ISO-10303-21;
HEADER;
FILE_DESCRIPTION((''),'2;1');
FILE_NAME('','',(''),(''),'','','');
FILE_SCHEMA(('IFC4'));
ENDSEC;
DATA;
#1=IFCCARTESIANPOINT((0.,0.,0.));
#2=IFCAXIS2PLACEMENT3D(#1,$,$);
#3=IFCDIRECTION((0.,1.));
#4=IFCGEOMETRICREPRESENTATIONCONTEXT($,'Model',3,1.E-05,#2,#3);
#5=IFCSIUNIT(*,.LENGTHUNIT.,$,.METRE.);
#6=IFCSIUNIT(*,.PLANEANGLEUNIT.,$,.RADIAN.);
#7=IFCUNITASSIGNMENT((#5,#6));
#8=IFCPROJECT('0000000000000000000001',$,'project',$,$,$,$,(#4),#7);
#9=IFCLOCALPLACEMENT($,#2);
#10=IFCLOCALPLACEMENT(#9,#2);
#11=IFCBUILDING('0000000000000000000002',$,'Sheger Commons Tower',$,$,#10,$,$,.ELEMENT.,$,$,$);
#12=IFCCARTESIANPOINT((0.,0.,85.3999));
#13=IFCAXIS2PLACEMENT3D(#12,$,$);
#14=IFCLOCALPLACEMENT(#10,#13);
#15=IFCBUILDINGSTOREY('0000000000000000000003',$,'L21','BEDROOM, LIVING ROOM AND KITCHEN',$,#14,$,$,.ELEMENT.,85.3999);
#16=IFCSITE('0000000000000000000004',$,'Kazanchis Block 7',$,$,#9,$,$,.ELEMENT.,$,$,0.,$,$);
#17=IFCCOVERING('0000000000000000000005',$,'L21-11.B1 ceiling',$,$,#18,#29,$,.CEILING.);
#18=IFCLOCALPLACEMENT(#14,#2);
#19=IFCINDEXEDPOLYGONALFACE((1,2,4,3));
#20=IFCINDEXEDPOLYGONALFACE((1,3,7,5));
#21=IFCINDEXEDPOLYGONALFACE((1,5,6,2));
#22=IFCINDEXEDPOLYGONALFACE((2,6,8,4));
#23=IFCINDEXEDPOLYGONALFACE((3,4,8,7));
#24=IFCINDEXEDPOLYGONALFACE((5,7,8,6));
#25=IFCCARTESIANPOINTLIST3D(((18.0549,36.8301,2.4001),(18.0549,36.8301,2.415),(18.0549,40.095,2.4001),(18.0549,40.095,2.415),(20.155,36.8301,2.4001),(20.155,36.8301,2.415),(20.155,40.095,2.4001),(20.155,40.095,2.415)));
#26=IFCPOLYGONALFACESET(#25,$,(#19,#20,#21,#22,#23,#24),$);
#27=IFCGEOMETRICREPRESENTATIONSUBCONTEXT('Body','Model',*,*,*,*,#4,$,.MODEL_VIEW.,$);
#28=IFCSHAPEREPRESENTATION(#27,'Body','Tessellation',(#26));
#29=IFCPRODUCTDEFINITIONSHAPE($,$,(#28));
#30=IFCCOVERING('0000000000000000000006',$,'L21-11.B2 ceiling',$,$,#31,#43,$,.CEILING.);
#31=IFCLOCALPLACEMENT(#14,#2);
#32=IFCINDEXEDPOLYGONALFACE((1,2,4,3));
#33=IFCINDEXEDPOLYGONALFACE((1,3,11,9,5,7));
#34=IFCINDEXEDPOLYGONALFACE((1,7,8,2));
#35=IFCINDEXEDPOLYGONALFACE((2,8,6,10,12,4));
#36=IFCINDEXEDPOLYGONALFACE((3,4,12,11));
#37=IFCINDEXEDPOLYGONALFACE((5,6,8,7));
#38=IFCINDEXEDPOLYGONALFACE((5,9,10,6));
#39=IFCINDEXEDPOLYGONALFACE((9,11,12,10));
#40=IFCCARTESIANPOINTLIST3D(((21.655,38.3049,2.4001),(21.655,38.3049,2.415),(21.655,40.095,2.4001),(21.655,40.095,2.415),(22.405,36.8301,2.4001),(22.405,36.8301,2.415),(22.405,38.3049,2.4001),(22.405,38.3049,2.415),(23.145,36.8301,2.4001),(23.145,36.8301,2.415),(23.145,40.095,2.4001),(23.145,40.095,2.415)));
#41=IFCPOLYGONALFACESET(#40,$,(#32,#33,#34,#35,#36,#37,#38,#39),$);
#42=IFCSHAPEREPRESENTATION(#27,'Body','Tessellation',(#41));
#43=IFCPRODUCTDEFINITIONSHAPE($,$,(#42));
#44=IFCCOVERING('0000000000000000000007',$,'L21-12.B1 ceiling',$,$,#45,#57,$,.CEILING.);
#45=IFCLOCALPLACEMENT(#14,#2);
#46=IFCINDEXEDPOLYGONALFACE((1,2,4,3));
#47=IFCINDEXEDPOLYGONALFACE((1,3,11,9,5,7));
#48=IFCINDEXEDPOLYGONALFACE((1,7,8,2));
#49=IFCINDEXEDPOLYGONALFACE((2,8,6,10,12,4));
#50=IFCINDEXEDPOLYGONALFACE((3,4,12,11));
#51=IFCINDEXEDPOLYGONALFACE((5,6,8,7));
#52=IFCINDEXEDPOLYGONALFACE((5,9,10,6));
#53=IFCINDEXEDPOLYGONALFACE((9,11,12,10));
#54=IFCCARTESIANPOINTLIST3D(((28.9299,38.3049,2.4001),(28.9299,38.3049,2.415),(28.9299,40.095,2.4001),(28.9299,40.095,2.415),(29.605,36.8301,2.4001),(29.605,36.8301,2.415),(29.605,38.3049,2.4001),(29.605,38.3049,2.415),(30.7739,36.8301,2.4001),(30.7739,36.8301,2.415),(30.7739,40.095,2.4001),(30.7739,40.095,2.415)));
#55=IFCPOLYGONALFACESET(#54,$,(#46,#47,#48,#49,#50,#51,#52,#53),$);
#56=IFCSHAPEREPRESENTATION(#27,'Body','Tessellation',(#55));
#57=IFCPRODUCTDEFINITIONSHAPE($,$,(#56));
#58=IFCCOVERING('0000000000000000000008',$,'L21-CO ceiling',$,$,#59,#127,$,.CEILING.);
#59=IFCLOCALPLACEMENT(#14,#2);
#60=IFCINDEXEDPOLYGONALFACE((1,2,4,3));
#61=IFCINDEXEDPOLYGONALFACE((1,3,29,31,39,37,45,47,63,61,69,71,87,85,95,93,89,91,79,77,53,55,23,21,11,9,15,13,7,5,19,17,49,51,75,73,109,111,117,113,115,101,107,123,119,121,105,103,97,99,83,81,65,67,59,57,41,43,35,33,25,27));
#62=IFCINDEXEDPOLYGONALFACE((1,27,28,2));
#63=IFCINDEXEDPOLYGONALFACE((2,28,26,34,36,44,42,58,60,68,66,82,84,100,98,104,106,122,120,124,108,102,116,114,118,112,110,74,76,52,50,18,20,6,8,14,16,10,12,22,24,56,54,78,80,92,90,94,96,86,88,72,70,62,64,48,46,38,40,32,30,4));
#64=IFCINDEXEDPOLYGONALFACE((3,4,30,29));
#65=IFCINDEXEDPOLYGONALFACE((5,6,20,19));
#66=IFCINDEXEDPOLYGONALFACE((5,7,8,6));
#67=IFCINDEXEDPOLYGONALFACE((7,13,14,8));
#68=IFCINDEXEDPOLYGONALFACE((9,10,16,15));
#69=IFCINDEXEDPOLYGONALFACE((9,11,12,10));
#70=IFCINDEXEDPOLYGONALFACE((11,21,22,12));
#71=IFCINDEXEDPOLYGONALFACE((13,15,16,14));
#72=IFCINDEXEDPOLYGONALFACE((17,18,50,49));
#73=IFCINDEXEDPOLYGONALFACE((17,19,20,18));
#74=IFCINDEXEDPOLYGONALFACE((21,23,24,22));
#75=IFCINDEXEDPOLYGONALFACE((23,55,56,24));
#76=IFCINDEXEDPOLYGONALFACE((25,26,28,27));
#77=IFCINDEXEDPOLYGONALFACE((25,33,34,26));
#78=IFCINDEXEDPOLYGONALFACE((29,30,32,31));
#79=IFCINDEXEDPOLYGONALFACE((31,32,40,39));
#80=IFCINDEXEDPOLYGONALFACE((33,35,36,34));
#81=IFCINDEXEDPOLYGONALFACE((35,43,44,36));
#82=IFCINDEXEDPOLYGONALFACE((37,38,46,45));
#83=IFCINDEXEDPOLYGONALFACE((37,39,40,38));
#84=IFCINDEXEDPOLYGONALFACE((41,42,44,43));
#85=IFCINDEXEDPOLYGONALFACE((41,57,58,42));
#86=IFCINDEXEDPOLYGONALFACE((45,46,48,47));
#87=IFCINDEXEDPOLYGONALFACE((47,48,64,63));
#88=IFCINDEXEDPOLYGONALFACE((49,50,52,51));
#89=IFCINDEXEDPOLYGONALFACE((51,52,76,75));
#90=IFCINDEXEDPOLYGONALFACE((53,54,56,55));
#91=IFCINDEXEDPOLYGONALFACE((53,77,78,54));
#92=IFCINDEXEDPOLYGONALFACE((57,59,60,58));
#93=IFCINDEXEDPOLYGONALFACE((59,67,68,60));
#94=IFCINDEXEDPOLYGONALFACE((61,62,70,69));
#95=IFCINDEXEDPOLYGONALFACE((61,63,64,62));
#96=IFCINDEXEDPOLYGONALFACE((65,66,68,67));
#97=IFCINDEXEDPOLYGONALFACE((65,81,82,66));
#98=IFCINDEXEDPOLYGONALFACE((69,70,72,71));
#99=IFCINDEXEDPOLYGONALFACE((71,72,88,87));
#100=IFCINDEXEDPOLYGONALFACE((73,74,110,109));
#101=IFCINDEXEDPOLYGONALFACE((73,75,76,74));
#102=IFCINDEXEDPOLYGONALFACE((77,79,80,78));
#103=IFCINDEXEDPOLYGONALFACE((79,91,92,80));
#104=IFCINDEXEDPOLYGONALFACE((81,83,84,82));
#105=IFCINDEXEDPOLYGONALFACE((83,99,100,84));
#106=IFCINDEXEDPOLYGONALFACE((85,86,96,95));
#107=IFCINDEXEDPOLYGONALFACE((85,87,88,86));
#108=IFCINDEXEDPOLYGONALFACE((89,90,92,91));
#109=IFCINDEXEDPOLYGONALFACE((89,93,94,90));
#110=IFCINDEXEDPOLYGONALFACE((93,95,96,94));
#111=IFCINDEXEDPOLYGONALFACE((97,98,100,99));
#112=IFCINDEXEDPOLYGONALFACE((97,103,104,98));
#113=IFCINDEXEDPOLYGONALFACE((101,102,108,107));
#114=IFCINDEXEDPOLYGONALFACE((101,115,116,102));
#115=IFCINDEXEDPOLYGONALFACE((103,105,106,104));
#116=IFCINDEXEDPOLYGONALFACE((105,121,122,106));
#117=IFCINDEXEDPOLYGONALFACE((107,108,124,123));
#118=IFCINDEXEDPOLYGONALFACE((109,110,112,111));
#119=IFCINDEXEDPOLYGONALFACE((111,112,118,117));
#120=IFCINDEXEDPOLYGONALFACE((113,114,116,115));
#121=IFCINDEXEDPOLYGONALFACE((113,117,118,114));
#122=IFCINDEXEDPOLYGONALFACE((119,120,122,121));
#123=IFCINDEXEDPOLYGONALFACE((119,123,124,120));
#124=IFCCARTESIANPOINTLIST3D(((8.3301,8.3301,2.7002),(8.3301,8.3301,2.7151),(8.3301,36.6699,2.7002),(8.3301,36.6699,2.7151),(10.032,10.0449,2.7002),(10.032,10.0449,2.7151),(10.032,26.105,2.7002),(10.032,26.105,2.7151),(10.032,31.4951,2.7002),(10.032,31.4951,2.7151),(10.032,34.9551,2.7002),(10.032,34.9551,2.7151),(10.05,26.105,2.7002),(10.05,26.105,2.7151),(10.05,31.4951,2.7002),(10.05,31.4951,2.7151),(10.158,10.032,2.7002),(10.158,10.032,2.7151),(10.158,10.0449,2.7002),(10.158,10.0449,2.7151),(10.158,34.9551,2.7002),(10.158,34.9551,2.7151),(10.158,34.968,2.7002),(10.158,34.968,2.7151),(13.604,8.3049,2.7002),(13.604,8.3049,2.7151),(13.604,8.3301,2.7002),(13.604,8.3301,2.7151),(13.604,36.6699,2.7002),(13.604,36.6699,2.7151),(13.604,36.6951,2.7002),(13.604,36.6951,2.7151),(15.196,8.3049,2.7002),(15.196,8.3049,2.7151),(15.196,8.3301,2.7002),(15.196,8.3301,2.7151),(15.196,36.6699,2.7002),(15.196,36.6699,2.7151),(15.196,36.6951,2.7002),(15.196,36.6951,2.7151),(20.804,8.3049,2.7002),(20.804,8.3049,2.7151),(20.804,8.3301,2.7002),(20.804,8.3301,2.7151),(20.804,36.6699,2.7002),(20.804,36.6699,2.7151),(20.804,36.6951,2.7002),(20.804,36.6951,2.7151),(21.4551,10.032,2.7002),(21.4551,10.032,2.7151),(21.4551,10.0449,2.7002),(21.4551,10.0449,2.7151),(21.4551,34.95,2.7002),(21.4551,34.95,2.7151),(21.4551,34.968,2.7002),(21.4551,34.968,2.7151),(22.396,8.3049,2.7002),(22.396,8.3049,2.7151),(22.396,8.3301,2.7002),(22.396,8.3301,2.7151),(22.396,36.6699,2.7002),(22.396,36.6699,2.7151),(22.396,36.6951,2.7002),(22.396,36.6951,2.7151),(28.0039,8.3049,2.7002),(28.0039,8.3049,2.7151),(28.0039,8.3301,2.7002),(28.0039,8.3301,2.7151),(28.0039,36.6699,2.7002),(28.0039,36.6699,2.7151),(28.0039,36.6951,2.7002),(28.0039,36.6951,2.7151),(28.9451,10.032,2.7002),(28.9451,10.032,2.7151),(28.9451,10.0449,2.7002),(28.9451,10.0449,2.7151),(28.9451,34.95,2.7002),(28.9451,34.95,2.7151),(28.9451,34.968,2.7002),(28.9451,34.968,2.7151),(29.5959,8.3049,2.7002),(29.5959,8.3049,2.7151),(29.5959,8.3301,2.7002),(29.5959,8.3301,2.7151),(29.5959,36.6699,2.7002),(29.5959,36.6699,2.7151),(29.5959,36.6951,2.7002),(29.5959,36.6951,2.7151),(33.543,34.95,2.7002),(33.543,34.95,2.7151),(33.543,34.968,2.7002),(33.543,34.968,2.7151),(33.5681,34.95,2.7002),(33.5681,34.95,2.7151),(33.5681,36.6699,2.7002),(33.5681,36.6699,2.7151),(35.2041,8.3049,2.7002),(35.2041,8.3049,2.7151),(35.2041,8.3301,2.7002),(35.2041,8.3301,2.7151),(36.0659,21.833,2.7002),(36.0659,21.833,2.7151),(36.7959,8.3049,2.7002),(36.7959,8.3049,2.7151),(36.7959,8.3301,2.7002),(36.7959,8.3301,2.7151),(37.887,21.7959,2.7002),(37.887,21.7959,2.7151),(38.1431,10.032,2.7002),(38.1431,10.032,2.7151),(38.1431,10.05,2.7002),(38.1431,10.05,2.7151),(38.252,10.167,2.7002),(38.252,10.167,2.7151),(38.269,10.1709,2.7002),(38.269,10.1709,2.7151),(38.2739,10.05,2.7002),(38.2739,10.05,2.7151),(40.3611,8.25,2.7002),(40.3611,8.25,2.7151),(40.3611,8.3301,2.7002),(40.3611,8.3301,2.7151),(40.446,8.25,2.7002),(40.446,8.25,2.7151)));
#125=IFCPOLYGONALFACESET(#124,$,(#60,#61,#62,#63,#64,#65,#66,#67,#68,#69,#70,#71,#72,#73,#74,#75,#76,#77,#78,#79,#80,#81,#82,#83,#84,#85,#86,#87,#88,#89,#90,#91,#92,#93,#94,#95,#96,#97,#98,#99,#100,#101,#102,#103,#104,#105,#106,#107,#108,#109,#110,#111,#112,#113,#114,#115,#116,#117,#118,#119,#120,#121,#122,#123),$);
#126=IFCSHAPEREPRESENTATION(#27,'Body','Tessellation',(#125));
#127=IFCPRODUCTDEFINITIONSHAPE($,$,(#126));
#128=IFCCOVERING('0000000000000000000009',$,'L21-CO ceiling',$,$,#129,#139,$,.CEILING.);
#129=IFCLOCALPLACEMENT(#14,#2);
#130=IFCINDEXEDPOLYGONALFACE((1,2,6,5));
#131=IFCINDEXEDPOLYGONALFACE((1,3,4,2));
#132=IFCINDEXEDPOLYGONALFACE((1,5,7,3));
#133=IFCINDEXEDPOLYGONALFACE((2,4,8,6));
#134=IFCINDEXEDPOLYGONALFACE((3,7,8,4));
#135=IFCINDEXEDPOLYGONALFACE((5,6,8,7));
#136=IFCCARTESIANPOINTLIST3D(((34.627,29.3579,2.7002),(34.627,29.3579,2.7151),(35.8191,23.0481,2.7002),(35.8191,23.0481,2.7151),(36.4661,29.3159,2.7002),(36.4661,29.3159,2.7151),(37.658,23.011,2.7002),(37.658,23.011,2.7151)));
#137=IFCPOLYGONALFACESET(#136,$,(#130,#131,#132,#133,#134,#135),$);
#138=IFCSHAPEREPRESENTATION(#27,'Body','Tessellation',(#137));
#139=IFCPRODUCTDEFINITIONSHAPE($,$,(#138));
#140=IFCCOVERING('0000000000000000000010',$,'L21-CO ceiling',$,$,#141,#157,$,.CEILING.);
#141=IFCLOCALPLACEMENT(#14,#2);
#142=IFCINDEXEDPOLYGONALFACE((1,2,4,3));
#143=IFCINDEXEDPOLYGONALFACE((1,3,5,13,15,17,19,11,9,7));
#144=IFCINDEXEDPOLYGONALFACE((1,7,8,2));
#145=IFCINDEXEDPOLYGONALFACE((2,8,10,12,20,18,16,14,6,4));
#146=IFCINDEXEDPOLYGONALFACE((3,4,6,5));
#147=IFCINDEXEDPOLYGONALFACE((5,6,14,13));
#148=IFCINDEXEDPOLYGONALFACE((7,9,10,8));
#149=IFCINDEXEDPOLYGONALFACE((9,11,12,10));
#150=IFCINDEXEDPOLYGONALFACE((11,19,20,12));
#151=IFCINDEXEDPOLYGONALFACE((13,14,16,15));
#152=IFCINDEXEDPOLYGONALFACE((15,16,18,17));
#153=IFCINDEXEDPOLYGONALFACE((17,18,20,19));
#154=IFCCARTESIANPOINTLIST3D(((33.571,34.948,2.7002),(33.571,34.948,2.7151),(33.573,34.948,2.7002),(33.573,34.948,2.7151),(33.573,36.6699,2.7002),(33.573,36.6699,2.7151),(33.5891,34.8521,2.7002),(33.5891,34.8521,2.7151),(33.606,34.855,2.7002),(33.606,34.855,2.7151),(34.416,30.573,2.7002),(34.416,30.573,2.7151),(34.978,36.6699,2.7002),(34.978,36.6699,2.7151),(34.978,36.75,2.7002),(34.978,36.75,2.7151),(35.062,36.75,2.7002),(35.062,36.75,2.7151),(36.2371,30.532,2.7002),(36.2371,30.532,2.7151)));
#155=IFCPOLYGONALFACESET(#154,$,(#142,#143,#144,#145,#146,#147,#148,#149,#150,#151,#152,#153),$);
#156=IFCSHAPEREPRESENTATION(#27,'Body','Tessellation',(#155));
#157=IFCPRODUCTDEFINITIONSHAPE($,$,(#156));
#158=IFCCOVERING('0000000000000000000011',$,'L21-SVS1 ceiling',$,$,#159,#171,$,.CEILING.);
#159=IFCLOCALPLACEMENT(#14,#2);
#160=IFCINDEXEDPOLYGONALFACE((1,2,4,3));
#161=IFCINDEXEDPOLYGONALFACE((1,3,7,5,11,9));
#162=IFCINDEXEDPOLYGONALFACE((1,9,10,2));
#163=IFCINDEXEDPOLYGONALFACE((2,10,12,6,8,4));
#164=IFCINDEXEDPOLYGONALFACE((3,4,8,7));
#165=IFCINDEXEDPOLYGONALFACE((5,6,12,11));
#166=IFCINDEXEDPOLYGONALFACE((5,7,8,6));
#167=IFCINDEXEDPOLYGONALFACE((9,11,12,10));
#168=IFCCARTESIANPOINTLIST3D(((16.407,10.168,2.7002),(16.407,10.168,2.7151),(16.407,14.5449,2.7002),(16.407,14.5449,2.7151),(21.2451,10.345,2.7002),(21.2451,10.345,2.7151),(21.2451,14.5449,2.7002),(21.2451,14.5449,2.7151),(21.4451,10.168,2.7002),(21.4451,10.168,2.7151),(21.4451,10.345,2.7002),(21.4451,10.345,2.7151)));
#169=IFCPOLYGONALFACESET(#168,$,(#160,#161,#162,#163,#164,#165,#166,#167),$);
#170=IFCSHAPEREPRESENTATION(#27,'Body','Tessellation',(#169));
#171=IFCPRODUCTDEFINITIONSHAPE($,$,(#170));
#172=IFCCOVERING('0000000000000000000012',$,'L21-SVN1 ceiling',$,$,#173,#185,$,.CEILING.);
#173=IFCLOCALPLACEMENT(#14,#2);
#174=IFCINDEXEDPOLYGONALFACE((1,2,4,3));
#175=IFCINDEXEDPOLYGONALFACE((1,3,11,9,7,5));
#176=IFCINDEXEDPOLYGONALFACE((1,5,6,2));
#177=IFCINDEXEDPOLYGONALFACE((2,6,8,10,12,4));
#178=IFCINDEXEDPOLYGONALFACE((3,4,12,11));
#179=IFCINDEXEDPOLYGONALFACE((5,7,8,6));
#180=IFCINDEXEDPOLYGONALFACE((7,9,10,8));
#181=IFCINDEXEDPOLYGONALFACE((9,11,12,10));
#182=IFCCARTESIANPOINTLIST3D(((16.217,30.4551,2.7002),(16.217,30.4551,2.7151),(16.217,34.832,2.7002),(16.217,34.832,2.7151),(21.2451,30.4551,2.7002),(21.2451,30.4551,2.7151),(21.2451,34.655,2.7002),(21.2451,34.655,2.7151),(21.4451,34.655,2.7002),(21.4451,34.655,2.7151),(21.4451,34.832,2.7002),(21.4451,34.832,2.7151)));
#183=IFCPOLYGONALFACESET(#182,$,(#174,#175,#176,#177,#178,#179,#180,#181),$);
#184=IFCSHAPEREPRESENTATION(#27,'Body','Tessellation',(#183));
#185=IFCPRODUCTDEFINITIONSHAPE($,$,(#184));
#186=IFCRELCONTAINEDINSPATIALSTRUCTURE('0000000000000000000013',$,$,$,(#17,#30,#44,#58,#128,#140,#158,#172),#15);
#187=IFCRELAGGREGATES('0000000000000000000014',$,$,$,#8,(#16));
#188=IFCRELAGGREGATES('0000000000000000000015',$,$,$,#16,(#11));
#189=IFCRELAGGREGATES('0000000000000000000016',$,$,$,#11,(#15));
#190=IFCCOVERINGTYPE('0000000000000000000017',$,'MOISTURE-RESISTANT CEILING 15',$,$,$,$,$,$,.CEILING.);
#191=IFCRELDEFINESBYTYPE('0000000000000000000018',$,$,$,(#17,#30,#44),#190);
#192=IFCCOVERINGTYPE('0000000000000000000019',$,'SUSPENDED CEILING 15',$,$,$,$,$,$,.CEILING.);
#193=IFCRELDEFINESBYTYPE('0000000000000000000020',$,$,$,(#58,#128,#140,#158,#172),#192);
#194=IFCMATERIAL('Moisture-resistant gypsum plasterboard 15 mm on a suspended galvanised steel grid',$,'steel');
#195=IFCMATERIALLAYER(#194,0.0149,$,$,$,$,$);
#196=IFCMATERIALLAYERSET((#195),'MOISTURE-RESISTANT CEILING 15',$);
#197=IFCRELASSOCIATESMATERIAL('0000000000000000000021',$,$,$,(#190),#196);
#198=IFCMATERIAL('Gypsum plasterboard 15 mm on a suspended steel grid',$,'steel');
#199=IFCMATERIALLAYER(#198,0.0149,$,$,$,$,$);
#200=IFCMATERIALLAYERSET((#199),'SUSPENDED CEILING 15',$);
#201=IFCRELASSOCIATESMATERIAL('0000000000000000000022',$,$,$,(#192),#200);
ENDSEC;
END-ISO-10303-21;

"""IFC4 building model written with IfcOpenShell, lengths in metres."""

from ifc_helpers import new_model, si_unit, direction, frame, origin, place, context, subcontext, project, spatial, polyline, outline, extrude, material, layer, layer_set, type_object, element, save


model = new_model("IFC4")

# Units and contexts
model_context = context("Model", 3, precision=1e-05, world=origin(), true_north=direction((0.0, 1.0)))
body_context = subcontext(model_context, "Body", "Model", "MODEL_VIEW")
ifc_project = project(units=[si_unit("LENGTHUNIT", "METRE"), si_unit("PLANEANGLEUNIT", "RADIAN")], contexts=[model_context])

# Site, building, storey
site_placement = place(None, origin())
site = spatial("IfcSite", under=ifc_project, at=site_placement, Name="Kazanchis Block 7", CompositionType="ELEMENT", RefElevation=0.0)
building_placement = place(site_placement, origin())
building = spatial("IfcBuilding", under=site, at=building_placement, Name="Sheger Commons Tower", CompositionType="ELEMENT")
storey_placement = place(building_placement, frame((0.0, 0.0, 85.3999)))
storey = spatial("IfcBuildingStorey", under=building, at=storey_placement, Name="L21", Description="BEDROOM, LIVING ROOM AND KITCHEN", CompositionType="ELEMENT", Elevation=85.3999)

# Coverings
ifc_material_1 = material(Name="Moisture-resistant gypsum plasterboard 15 mm on a suspended galvanised steel grid", Category="steel")
ifc_layer_1 = layer(ifc_material_1, 0.0149)
ifc_layer_set_1 = layer_set([ifc_layer_1], Name="MOISTURE-RESISTANT CEILING 15")
covering_type_1 = type_object("IfcCoveringType", Name="MOISTURE-RESISTANT CEILING 15", PredefinedType="CEILING", material=ifc_layer_set_1)
covering_1_placement = place(storey_placement, frame((0.0, 0.0, 2.4001)))
element("IfcCovering", 1, at=covering_1_placement, inside=storey, type_object=covering_type_1, Name="L21-11.B1 ceiling", PredefinedType="CEILING", context=body_context, shape_type="SweptSolid", body=[
    extrude(outline(polyline([(18.0549, 36.8301), (20.155, 36.8301), (20.155, 40.095), (18.0549, 40.095), (18.0549, 36.8301)])), origin(), (0.0, 0.0, 1.0), 0.0149),
])
covering_2_placement = place(storey_placement, frame((0.0, 0.0, 2.4001)))
element("IfcCovering", 2, at=covering_2_placement, inside=storey, type_object=covering_type_1, Name="L21-11.B2 ceiling", PredefinedType="CEILING", context=body_context, shape_type="SweptSolid", body=[
    extrude(outline(polyline([(22.405, 36.8301), (23.145, 36.8301), (23.145, 40.095), (21.655, 40.095), (21.655, 38.3049), (22.405, 38.3049), (22.405, 36.8301)])), origin(), (0.0, 0.0, 1.0), 0.0149),
])
covering_3_placement = place(storey_placement, frame((0.0, 0.0, 2.4001)))
element("IfcCovering", 3, at=covering_3_placement, inside=storey, type_object=covering_type_1, Name="L21-12.B1 ceiling", PredefinedType="CEILING", context=body_context, shape_type="SweptSolid", body=[
    extrude(outline(polyline([(29.605, 36.8301), (30.7739, 36.8301), (30.7739, 40.095), (28.9299, 40.095), (28.9299, 38.3049), (29.605, 38.3049), (29.605, 36.8301)])), origin(), (0.0, 0.0, 1.0), 0.0149),
])
ifc_material_2 = material(Name="Gypsum plasterboard 15 mm on a suspended steel grid", Category="steel")
ifc_layer_2 = layer(ifc_material_2, 0.0149)
ifc_layer_set_2 = layer_set([ifc_layer_2], Name="SUSPENDED CEILING 15")
covering_type_2 = type_object("IfcCoveringType", Name="SUSPENDED CEILING 15", PredefinedType="CEILING", material=ifc_layer_set_2)
covering_4_placement = place(storey_placement, frame((0.0, 0.0, 2.7002)))
element("IfcCovering", 4, at=covering_4_placement, inside=storey, type_object=covering_type_2, Name="L21-CO ceiling", PredefinedType="CEILING", context=body_context, shape_type="SweptSolid", body=[
    extrude(outline(polyline([(40.3611, 8.25), (40.446, 8.25), (37.887, 21.7959), (36.0659, 21.833), (38.269, 10.1709), (38.252, 10.167), (38.2739, 10.05), (38.1431, 10.05), (38.1431, 10.032), (28.9451, 10.032), (28.9451, 10.0449), (21.4551, 10.0449), (21.4551, 10.032), (10.158, 10.032), (10.158, 10.0449), (10.032, 10.0449), (10.032, 26.105), (10.05, 26.105), (10.05, 31.4951), (10.032, 31.4951), (10.032, 34.9551), (10.158, 34.9551), (10.158, 34.968), (21.4551, 34.968), (21.4551, 34.95), (28.9451, 34.95), (28.9451, 34.968), (33.543, 34.968), (33.543, 34.95), (33.5681, 34.95), (33.5681, 36.6699), (29.5959, 36.6699), (29.5959, 36.6951), (28.0039, 36.6951), (28.0039, 36.6699), (22.396, 36.6699), (22.396, 36.6951), (20.804, 36.6951), (20.804, 36.6699), (15.196, 36.6699), (15.196, 36.6951), (13.604, 36.6951), (13.604, 36.6699), (8.3301, 36.6699), (8.3301, 8.3301), (13.604, 8.3301), (13.604, 8.3049), (15.196, 8.3049), (15.196, 8.3301), (20.804, 8.3301), (20.804, 8.3049), (22.396, 8.3049), (22.396, 8.3301), (28.0039, 8.3301), (28.0039, 8.3049), (29.5959, 8.3049), (29.5959, 8.3301), (35.2041, 8.3301), (35.2041, 8.3049), (36.7959, 8.3049), (36.7959, 8.3301), (40.3611, 8.3301), (40.3611, 8.25)])), origin(), (0.0, 0.0, 1.0), 0.0149),
])
covering_5_placement = place(storey_placement, frame((0.0, 0.0, 2.7002)))
element("IfcCovering", 5, at=covering_5_placement, inside=storey, type_object=covering_type_2, Name="L21-CO ceiling", PredefinedType="CEILING", context=body_context, shape_type="SweptSolid", body=[
    extrude(outline(polyline([(37.658, 23.011), (36.4661, 29.3159), (34.627, 29.3579), (35.8191, 23.0481), (37.658, 23.011)])), origin(), (0.0, 0.0, 1.0), 0.0149),
])
covering_6_placement = place(storey_placement, frame((0.0, 0.0, 2.7002)))
element("IfcCovering", 6, at=covering_6_placement, inside=storey, type_object=covering_type_2, Name="L21-CO ceiling", PredefinedType="CEILING", context=body_context, shape_type="SweptSolid", body=[
    extrude(outline(polyline([(36.2371, 30.532), (35.062, 36.75), (34.978, 36.75), (34.978, 36.6699), (33.573, 36.6699), (33.573, 34.948), (33.571, 34.948), (33.5891, 34.8521), (33.606, 34.855), (34.416, 30.573), (36.2371, 30.532)])), origin(), (0.0, 0.0, 1.0), 0.0149),
])
covering_7_placement = place(storey_placement, frame((0.0, 0.0, 2.7002)))
element("IfcCovering", 7, at=covering_7_placement, inside=storey, type_object=covering_type_2, Name="L21-SVS1 ceiling", PredefinedType="CEILING", context=body_context, shape_type="SweptSolid", body=[
    extrude(outline(polyline([(16.407, 10.168), (21.4451, 10.168), (21.4451, 10.345), (21.2451, 10.345), (21.2451, 14.5449), (16.407, 14.5449), (16.407, 10.168)])), origin(), (0.0, 0.0, 1.0), 0.0149),
])
covering_8_placement = place(storey_placement, frame((0.0, 0.0, 2.7002)))
element("IfcCovering", 8, at=covering_8_placement, inside=storey, type_object=covering_type_2, Name="L21-SVN1 ceiling", PredefinedType="CEILING", context=body_context, shape_type="SweptSolid", body=[
    extrude(outline(polyline([(16.217, 30.4551), (21.2451, 30.4551), (21.2451, 34.655), (21.4451, 34.655), (21.4451, 34.832), (16.217, 34.832), (16.217, 30.4551)])), origin(), (0.0, 0.0, 1.0), 0.0149),
])

save(model, "model.ifc")
